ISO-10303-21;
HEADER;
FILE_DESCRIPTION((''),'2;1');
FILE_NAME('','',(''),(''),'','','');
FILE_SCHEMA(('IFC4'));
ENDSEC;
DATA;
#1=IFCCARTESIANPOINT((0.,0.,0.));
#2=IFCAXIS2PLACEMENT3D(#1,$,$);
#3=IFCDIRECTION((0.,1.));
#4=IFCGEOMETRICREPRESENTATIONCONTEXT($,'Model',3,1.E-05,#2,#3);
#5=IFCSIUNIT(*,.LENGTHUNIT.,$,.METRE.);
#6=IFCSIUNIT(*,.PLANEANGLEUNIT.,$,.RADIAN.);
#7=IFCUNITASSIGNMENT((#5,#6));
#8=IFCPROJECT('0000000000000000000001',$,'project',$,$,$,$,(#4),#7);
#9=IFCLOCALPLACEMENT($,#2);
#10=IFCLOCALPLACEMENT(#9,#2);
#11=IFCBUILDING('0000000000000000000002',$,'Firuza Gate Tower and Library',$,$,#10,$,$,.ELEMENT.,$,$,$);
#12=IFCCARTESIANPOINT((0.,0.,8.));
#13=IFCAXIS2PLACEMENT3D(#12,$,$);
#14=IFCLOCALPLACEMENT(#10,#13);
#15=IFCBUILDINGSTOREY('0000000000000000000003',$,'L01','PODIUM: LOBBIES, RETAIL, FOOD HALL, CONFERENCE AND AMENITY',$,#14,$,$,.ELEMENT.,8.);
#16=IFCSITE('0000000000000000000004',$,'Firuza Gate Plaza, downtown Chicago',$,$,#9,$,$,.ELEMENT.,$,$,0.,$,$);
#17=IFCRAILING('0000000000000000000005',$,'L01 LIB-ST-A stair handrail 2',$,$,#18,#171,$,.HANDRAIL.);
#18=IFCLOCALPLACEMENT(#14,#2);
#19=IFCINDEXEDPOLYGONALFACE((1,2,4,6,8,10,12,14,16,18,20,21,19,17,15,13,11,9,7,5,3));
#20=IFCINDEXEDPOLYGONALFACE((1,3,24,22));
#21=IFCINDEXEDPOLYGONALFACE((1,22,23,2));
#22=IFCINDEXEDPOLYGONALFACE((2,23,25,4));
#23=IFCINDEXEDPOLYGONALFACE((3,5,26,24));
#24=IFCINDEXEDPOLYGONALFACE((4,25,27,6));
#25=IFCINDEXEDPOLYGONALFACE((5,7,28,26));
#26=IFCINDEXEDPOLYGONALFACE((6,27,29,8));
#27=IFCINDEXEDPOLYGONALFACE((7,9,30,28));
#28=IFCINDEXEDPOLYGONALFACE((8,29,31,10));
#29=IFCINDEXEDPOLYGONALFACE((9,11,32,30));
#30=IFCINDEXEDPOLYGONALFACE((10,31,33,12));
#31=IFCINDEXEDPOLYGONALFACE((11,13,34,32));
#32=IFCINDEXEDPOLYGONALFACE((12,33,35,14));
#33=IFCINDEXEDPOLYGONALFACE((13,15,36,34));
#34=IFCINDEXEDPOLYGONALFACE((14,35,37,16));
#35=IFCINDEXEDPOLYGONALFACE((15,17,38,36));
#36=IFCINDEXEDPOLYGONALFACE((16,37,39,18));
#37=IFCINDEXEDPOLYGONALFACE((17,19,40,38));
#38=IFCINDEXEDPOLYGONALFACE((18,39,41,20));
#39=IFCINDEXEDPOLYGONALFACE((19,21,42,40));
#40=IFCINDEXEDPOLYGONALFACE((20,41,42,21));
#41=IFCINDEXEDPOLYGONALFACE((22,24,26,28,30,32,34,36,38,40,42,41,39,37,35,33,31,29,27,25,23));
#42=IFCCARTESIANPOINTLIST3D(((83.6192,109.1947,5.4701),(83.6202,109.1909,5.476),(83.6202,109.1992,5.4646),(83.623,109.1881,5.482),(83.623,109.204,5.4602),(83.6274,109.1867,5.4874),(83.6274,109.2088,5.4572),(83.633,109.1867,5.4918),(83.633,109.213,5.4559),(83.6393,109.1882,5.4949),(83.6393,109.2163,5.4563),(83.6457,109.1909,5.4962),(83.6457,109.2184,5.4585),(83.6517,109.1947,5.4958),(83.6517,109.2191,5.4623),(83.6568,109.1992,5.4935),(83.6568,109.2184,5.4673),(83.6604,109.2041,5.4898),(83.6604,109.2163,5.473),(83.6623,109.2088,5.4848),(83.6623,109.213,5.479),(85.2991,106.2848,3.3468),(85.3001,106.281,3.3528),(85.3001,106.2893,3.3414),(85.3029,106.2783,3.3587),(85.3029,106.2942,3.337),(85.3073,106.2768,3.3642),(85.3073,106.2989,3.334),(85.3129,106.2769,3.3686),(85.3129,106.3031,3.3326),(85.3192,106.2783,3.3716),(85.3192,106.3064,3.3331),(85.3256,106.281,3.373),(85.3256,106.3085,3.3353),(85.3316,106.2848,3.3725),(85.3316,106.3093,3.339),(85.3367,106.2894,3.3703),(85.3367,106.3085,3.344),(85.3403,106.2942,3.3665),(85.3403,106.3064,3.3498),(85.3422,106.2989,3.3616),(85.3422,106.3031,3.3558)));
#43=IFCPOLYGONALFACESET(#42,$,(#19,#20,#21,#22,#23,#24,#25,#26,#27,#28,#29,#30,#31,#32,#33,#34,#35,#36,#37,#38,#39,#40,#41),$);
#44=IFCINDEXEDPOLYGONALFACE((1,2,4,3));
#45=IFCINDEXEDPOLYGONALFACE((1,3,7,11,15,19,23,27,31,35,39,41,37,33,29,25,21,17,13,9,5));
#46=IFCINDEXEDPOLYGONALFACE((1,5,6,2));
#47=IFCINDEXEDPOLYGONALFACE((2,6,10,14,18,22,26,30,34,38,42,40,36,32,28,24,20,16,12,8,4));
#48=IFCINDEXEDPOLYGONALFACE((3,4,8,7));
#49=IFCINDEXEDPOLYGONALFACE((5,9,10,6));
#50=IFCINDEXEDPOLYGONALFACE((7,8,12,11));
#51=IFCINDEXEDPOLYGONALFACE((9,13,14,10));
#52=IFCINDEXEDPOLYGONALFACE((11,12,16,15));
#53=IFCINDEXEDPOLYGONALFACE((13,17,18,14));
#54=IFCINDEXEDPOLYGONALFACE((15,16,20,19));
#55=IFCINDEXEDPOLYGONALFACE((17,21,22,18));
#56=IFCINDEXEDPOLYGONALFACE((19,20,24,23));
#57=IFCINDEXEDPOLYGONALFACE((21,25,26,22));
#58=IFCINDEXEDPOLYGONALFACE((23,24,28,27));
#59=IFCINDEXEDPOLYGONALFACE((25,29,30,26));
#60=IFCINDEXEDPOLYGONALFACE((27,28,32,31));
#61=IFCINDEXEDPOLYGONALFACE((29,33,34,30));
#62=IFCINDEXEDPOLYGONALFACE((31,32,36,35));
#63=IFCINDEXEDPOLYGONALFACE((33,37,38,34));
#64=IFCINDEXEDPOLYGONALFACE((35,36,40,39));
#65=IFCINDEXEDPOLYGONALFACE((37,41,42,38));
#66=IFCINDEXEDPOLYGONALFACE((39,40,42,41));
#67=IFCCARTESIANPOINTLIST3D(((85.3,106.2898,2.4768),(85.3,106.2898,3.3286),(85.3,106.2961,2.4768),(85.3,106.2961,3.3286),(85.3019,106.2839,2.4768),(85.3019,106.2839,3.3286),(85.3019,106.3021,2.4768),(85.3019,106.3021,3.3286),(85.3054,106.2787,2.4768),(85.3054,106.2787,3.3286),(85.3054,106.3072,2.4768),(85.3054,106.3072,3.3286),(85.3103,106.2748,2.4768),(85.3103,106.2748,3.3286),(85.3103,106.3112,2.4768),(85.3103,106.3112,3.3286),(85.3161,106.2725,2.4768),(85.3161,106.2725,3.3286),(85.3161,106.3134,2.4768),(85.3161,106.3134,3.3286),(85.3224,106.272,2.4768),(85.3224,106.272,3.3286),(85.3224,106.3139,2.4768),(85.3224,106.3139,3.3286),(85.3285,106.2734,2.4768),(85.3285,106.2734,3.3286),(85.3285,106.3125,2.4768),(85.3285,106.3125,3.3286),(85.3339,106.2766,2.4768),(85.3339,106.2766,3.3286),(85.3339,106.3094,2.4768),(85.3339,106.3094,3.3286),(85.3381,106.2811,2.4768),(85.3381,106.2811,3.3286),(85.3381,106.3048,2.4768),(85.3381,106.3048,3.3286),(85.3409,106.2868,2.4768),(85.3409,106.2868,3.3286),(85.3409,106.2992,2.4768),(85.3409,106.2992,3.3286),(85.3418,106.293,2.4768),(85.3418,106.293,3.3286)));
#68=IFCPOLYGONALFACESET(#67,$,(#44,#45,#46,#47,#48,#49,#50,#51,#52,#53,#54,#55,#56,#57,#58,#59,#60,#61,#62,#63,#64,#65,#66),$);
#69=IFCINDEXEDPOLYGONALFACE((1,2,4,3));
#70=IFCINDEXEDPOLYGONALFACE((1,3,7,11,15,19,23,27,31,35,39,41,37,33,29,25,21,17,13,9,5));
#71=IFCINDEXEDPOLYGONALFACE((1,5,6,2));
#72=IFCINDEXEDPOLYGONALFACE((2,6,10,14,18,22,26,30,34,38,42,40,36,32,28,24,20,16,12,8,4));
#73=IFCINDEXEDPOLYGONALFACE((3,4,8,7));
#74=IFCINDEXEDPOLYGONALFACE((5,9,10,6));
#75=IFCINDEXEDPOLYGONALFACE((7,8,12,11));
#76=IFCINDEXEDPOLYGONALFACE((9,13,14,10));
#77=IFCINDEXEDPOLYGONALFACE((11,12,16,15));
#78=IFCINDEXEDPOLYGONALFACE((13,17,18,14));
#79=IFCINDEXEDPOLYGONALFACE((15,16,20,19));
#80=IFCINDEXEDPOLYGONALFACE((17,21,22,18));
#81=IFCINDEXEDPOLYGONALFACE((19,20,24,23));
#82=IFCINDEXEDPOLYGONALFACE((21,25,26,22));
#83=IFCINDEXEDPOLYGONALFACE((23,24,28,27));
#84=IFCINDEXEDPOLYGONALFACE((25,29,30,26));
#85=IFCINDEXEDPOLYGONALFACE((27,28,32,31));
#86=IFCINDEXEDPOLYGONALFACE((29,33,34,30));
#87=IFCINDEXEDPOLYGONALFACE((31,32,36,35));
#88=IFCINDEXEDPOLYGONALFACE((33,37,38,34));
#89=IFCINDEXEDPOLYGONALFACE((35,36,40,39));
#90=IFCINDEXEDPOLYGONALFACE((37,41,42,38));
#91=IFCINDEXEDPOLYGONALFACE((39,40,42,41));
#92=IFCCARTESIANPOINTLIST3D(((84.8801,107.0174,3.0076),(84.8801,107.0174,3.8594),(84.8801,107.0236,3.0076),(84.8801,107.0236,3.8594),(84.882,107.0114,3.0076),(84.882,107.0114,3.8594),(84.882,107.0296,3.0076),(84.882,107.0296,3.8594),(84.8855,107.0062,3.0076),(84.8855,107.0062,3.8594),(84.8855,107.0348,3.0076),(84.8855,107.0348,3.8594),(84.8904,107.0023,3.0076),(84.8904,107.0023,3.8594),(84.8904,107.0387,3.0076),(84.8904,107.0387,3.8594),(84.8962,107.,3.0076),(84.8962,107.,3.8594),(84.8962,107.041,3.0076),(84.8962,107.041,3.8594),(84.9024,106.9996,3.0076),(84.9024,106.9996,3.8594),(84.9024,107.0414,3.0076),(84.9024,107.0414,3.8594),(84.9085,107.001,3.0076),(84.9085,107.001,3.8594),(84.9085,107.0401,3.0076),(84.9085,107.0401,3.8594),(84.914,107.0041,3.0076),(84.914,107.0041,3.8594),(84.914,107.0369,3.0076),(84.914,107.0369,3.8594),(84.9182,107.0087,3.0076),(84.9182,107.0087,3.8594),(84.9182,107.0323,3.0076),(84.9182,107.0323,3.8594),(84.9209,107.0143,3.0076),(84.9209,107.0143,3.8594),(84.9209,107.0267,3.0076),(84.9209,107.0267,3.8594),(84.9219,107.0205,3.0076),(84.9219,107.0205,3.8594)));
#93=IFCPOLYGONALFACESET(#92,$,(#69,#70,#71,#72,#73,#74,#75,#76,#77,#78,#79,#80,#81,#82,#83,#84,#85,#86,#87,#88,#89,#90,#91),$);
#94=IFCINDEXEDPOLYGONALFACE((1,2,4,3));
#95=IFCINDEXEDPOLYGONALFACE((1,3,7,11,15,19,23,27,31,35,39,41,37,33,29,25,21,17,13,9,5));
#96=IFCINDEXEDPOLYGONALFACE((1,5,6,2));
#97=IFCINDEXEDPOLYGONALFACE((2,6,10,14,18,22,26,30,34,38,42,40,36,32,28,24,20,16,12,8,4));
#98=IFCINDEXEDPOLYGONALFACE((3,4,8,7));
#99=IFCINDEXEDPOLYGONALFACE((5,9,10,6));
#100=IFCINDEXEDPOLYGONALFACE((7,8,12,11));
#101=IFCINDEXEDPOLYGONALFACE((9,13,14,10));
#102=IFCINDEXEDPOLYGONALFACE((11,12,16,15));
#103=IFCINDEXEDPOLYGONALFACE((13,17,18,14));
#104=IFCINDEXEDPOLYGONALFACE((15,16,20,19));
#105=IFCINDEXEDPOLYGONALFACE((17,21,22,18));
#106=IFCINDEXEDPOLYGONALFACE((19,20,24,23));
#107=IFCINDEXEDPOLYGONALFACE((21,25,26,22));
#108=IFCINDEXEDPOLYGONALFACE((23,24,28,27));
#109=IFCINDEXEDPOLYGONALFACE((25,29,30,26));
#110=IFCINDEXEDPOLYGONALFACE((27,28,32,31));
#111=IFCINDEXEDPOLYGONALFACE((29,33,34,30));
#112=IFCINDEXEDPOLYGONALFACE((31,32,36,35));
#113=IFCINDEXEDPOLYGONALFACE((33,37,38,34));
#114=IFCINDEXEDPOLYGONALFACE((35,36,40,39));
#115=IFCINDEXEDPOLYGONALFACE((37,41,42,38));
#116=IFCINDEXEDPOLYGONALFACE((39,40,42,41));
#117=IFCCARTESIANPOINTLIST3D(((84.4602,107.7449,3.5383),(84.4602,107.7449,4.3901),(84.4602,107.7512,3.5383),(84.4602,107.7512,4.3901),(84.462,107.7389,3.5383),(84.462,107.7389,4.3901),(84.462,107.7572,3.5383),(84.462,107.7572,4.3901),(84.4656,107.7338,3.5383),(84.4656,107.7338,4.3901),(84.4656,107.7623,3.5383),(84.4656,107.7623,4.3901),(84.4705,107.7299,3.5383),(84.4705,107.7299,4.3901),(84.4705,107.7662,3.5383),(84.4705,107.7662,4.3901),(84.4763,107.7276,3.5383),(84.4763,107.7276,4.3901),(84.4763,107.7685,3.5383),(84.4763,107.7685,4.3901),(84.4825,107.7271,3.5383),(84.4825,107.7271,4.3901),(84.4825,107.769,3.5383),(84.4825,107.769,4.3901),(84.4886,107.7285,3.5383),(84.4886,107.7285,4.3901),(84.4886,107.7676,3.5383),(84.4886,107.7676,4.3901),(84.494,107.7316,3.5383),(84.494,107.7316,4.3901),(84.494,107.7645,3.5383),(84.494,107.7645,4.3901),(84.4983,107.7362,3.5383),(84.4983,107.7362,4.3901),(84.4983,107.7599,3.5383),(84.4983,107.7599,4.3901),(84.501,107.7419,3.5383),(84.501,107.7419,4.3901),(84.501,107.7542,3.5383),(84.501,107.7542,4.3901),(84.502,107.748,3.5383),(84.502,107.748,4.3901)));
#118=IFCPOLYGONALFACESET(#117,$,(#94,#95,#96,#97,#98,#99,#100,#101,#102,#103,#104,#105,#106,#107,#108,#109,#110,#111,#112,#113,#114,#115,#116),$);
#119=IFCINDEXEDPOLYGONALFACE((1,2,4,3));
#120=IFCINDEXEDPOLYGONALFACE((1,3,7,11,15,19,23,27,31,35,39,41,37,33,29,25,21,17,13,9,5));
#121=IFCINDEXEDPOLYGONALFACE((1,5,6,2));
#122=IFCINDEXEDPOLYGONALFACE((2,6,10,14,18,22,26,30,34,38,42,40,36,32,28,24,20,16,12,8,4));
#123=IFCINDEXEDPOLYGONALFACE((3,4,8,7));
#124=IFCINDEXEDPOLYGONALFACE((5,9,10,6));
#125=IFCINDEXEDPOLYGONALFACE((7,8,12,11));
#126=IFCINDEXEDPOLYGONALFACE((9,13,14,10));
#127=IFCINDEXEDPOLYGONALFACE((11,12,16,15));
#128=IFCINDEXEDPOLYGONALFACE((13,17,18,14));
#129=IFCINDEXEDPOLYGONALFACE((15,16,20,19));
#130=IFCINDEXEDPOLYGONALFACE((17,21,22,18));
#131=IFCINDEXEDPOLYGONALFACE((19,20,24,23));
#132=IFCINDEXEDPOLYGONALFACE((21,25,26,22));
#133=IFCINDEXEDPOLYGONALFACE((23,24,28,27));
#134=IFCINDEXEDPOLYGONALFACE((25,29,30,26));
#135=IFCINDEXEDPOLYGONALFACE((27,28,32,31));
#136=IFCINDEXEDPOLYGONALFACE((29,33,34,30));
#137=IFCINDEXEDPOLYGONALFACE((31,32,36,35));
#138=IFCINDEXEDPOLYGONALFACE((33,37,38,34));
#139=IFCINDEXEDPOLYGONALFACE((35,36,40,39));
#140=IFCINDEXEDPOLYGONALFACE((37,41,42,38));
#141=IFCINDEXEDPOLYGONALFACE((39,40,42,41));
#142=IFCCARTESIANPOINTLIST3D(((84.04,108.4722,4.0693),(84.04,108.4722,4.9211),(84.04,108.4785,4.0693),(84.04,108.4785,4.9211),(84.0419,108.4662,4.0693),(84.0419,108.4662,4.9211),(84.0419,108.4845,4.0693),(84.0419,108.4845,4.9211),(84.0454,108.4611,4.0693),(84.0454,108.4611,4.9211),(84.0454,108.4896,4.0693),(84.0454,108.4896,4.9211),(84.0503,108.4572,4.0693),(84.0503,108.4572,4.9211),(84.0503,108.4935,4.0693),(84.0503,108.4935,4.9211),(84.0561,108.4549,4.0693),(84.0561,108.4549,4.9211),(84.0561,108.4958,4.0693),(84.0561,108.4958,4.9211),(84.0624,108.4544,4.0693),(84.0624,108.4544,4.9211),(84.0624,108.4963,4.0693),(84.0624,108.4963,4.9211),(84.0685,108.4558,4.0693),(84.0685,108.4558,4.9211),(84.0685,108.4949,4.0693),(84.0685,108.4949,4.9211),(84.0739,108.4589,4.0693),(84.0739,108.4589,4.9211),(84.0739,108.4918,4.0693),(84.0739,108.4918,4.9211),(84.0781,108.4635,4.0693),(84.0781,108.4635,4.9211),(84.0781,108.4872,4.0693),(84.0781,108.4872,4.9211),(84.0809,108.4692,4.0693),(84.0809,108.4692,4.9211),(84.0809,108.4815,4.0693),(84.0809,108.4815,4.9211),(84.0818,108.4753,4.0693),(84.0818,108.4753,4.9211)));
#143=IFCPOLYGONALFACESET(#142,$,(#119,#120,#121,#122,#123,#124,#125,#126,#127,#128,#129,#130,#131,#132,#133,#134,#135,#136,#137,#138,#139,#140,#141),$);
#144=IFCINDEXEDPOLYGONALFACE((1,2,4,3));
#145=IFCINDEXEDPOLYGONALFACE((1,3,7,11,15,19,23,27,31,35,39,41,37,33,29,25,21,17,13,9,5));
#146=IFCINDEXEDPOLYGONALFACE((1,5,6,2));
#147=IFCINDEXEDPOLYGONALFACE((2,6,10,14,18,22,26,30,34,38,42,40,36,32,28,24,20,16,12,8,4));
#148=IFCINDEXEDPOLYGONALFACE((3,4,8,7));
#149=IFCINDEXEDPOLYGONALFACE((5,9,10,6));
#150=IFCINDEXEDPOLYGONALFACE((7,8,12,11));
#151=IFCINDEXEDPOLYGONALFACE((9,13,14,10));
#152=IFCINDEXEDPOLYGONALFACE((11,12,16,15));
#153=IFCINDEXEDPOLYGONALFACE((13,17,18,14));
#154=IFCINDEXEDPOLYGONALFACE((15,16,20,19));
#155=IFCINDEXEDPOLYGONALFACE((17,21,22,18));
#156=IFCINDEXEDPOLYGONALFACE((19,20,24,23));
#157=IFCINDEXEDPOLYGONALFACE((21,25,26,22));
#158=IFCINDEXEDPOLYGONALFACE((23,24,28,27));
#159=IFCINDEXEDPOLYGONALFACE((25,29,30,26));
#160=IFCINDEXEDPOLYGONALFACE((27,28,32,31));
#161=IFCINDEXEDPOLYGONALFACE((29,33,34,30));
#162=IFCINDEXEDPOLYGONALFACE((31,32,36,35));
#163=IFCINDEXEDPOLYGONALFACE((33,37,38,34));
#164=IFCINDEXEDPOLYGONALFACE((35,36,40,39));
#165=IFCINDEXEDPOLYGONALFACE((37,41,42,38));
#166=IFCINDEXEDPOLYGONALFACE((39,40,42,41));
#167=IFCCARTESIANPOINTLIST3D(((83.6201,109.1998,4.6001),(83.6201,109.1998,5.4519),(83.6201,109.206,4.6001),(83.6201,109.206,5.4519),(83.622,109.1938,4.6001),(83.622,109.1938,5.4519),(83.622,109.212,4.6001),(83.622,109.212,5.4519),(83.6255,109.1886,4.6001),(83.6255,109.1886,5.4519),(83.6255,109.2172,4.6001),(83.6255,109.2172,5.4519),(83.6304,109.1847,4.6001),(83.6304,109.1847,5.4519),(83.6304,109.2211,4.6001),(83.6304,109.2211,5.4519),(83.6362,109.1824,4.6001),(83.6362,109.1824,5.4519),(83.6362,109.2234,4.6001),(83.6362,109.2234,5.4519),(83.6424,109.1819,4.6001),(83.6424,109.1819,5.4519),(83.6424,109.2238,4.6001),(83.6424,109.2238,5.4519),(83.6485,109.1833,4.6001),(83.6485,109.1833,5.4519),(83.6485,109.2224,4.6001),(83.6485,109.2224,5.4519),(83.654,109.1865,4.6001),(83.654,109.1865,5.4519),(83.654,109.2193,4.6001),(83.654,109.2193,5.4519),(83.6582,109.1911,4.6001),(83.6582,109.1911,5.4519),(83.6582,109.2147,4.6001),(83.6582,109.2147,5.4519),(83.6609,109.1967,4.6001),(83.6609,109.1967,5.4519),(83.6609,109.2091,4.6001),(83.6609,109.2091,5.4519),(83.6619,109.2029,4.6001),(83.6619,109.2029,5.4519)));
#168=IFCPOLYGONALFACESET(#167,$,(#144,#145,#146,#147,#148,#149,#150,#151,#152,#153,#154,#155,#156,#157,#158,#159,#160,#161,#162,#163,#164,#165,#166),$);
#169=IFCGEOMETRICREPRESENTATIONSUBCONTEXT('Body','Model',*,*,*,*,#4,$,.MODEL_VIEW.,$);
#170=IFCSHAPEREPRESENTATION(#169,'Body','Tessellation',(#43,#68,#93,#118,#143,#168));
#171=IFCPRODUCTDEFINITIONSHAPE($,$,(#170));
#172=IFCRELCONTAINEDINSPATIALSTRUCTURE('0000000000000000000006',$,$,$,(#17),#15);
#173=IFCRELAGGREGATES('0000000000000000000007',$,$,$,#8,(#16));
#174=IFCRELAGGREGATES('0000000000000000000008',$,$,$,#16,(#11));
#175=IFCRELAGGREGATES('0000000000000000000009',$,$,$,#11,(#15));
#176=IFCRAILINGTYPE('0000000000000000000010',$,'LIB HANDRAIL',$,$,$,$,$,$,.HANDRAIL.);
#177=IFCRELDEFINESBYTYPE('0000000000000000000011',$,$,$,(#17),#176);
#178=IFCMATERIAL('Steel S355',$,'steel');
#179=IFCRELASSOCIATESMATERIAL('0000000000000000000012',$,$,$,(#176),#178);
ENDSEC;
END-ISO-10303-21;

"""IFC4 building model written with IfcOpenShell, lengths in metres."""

from ifc_helpers import new_model, si_unit, direction, frame, origin, origin_2d, place, context, subcontext, project, spatial, circle, extrude, material, type_object, element, save


model = new_model("IFC4")

# Units and contexts
model_context = context("Model", 3, precision=1e-05, world=origin(), true_north=direction((0.0, 1.0)))
body_context = subcontext(model_context, "Body", "Model", "MODEL_VIEW")
ifc_project = project(units=[si_unit("LENGTHUNIT", "METRE"), si_unit("PLANEANGLEUNIT", "RADIAN")], contexts=[model_context])

# Site, building, storey
site_placement = place(None, origin())
site = spatial("IfcSite", under=ifc_project, at=site_placement, Name="Firuza Gate Plaza, downtown Chicago", CompositionType="ELEMENT", RefElevation=0.0)
building_placement = place(site_placement, origin())
building = spatial("IfcBuilding", under=site, at=building_placement, Name="Firuza Gate Tower and Library", CompositionType="ELEMENT")
storey_placement = place(building_placement, frame((0.0, 0.0, 8.0)))
storey = spatial("IfcBuildingStorey", under=building, at=storey_placement, Name="L01", Description="PODIUM: LOBBIES, RETAIL, FOOD HALL, CONFERENCE AND AMENITY", CompositionType="ELEMENT", Elevation=8.0)

# Railing
ifc_material_1 = material(Name="Steel S355", Category="steel")
railing_type_1 = type_object("IfcRailingType", Name="LIB HANDRAIL", PredefinedType="HANDRAIL", material=ifc_material_1)
railing_1_placement = place(storey_placement, frame((85.3208, 106.293, 2.4768)))
element("IfcRailing", 1, at=railing_1_placement, inside=storey, type_object=railing_type_1, Name="L01 LIB-ST-A stair handrail 2", PredefinedType="HANDRAIL", context=body_context, shape_type="SweptSolid", body=[
    extrude(circle(Radius=0.0239, at=origin_2d()), frame((0.0, 0.0, 0.876), z_axis=(-0.422658, 0.732111, 0.534204), x_axis=(-0.866039, -0.499976, 0.0)), (0.0, 0.0, 1.0), 3.9746),
    extrude(circle(Radius=0.021, at=origin_2d()), origin(), (0.0, 0.0, 1.0), 0.8518),
    extrude(circle(Radius=0.021, at=origin_2d()), frame((-0.4199, 0.7275, 0.5308)), (0.0, 0.0, 1.0), 0.8518),
    extrude(circle(Radius=0.021, at=origin_2d()), frame((-0.8398, 1.4551, 1.0615)), (0.0, 0.0, 1.0), 0.8518),
    extrude(circle(Radius=0.021, at=origin_2d()), frame((-1.26, 2.1824, 1.5925)), (0.0, 0.0, 1.0), 0.8518),
    extrude(circle(Radius=0.021, at=origin_2d()), frame((-1.6799, 2.9099, 2.1233)), (0.0, 0.0, 1.0), 0.8518),
])

save(model, "model.ifc")
